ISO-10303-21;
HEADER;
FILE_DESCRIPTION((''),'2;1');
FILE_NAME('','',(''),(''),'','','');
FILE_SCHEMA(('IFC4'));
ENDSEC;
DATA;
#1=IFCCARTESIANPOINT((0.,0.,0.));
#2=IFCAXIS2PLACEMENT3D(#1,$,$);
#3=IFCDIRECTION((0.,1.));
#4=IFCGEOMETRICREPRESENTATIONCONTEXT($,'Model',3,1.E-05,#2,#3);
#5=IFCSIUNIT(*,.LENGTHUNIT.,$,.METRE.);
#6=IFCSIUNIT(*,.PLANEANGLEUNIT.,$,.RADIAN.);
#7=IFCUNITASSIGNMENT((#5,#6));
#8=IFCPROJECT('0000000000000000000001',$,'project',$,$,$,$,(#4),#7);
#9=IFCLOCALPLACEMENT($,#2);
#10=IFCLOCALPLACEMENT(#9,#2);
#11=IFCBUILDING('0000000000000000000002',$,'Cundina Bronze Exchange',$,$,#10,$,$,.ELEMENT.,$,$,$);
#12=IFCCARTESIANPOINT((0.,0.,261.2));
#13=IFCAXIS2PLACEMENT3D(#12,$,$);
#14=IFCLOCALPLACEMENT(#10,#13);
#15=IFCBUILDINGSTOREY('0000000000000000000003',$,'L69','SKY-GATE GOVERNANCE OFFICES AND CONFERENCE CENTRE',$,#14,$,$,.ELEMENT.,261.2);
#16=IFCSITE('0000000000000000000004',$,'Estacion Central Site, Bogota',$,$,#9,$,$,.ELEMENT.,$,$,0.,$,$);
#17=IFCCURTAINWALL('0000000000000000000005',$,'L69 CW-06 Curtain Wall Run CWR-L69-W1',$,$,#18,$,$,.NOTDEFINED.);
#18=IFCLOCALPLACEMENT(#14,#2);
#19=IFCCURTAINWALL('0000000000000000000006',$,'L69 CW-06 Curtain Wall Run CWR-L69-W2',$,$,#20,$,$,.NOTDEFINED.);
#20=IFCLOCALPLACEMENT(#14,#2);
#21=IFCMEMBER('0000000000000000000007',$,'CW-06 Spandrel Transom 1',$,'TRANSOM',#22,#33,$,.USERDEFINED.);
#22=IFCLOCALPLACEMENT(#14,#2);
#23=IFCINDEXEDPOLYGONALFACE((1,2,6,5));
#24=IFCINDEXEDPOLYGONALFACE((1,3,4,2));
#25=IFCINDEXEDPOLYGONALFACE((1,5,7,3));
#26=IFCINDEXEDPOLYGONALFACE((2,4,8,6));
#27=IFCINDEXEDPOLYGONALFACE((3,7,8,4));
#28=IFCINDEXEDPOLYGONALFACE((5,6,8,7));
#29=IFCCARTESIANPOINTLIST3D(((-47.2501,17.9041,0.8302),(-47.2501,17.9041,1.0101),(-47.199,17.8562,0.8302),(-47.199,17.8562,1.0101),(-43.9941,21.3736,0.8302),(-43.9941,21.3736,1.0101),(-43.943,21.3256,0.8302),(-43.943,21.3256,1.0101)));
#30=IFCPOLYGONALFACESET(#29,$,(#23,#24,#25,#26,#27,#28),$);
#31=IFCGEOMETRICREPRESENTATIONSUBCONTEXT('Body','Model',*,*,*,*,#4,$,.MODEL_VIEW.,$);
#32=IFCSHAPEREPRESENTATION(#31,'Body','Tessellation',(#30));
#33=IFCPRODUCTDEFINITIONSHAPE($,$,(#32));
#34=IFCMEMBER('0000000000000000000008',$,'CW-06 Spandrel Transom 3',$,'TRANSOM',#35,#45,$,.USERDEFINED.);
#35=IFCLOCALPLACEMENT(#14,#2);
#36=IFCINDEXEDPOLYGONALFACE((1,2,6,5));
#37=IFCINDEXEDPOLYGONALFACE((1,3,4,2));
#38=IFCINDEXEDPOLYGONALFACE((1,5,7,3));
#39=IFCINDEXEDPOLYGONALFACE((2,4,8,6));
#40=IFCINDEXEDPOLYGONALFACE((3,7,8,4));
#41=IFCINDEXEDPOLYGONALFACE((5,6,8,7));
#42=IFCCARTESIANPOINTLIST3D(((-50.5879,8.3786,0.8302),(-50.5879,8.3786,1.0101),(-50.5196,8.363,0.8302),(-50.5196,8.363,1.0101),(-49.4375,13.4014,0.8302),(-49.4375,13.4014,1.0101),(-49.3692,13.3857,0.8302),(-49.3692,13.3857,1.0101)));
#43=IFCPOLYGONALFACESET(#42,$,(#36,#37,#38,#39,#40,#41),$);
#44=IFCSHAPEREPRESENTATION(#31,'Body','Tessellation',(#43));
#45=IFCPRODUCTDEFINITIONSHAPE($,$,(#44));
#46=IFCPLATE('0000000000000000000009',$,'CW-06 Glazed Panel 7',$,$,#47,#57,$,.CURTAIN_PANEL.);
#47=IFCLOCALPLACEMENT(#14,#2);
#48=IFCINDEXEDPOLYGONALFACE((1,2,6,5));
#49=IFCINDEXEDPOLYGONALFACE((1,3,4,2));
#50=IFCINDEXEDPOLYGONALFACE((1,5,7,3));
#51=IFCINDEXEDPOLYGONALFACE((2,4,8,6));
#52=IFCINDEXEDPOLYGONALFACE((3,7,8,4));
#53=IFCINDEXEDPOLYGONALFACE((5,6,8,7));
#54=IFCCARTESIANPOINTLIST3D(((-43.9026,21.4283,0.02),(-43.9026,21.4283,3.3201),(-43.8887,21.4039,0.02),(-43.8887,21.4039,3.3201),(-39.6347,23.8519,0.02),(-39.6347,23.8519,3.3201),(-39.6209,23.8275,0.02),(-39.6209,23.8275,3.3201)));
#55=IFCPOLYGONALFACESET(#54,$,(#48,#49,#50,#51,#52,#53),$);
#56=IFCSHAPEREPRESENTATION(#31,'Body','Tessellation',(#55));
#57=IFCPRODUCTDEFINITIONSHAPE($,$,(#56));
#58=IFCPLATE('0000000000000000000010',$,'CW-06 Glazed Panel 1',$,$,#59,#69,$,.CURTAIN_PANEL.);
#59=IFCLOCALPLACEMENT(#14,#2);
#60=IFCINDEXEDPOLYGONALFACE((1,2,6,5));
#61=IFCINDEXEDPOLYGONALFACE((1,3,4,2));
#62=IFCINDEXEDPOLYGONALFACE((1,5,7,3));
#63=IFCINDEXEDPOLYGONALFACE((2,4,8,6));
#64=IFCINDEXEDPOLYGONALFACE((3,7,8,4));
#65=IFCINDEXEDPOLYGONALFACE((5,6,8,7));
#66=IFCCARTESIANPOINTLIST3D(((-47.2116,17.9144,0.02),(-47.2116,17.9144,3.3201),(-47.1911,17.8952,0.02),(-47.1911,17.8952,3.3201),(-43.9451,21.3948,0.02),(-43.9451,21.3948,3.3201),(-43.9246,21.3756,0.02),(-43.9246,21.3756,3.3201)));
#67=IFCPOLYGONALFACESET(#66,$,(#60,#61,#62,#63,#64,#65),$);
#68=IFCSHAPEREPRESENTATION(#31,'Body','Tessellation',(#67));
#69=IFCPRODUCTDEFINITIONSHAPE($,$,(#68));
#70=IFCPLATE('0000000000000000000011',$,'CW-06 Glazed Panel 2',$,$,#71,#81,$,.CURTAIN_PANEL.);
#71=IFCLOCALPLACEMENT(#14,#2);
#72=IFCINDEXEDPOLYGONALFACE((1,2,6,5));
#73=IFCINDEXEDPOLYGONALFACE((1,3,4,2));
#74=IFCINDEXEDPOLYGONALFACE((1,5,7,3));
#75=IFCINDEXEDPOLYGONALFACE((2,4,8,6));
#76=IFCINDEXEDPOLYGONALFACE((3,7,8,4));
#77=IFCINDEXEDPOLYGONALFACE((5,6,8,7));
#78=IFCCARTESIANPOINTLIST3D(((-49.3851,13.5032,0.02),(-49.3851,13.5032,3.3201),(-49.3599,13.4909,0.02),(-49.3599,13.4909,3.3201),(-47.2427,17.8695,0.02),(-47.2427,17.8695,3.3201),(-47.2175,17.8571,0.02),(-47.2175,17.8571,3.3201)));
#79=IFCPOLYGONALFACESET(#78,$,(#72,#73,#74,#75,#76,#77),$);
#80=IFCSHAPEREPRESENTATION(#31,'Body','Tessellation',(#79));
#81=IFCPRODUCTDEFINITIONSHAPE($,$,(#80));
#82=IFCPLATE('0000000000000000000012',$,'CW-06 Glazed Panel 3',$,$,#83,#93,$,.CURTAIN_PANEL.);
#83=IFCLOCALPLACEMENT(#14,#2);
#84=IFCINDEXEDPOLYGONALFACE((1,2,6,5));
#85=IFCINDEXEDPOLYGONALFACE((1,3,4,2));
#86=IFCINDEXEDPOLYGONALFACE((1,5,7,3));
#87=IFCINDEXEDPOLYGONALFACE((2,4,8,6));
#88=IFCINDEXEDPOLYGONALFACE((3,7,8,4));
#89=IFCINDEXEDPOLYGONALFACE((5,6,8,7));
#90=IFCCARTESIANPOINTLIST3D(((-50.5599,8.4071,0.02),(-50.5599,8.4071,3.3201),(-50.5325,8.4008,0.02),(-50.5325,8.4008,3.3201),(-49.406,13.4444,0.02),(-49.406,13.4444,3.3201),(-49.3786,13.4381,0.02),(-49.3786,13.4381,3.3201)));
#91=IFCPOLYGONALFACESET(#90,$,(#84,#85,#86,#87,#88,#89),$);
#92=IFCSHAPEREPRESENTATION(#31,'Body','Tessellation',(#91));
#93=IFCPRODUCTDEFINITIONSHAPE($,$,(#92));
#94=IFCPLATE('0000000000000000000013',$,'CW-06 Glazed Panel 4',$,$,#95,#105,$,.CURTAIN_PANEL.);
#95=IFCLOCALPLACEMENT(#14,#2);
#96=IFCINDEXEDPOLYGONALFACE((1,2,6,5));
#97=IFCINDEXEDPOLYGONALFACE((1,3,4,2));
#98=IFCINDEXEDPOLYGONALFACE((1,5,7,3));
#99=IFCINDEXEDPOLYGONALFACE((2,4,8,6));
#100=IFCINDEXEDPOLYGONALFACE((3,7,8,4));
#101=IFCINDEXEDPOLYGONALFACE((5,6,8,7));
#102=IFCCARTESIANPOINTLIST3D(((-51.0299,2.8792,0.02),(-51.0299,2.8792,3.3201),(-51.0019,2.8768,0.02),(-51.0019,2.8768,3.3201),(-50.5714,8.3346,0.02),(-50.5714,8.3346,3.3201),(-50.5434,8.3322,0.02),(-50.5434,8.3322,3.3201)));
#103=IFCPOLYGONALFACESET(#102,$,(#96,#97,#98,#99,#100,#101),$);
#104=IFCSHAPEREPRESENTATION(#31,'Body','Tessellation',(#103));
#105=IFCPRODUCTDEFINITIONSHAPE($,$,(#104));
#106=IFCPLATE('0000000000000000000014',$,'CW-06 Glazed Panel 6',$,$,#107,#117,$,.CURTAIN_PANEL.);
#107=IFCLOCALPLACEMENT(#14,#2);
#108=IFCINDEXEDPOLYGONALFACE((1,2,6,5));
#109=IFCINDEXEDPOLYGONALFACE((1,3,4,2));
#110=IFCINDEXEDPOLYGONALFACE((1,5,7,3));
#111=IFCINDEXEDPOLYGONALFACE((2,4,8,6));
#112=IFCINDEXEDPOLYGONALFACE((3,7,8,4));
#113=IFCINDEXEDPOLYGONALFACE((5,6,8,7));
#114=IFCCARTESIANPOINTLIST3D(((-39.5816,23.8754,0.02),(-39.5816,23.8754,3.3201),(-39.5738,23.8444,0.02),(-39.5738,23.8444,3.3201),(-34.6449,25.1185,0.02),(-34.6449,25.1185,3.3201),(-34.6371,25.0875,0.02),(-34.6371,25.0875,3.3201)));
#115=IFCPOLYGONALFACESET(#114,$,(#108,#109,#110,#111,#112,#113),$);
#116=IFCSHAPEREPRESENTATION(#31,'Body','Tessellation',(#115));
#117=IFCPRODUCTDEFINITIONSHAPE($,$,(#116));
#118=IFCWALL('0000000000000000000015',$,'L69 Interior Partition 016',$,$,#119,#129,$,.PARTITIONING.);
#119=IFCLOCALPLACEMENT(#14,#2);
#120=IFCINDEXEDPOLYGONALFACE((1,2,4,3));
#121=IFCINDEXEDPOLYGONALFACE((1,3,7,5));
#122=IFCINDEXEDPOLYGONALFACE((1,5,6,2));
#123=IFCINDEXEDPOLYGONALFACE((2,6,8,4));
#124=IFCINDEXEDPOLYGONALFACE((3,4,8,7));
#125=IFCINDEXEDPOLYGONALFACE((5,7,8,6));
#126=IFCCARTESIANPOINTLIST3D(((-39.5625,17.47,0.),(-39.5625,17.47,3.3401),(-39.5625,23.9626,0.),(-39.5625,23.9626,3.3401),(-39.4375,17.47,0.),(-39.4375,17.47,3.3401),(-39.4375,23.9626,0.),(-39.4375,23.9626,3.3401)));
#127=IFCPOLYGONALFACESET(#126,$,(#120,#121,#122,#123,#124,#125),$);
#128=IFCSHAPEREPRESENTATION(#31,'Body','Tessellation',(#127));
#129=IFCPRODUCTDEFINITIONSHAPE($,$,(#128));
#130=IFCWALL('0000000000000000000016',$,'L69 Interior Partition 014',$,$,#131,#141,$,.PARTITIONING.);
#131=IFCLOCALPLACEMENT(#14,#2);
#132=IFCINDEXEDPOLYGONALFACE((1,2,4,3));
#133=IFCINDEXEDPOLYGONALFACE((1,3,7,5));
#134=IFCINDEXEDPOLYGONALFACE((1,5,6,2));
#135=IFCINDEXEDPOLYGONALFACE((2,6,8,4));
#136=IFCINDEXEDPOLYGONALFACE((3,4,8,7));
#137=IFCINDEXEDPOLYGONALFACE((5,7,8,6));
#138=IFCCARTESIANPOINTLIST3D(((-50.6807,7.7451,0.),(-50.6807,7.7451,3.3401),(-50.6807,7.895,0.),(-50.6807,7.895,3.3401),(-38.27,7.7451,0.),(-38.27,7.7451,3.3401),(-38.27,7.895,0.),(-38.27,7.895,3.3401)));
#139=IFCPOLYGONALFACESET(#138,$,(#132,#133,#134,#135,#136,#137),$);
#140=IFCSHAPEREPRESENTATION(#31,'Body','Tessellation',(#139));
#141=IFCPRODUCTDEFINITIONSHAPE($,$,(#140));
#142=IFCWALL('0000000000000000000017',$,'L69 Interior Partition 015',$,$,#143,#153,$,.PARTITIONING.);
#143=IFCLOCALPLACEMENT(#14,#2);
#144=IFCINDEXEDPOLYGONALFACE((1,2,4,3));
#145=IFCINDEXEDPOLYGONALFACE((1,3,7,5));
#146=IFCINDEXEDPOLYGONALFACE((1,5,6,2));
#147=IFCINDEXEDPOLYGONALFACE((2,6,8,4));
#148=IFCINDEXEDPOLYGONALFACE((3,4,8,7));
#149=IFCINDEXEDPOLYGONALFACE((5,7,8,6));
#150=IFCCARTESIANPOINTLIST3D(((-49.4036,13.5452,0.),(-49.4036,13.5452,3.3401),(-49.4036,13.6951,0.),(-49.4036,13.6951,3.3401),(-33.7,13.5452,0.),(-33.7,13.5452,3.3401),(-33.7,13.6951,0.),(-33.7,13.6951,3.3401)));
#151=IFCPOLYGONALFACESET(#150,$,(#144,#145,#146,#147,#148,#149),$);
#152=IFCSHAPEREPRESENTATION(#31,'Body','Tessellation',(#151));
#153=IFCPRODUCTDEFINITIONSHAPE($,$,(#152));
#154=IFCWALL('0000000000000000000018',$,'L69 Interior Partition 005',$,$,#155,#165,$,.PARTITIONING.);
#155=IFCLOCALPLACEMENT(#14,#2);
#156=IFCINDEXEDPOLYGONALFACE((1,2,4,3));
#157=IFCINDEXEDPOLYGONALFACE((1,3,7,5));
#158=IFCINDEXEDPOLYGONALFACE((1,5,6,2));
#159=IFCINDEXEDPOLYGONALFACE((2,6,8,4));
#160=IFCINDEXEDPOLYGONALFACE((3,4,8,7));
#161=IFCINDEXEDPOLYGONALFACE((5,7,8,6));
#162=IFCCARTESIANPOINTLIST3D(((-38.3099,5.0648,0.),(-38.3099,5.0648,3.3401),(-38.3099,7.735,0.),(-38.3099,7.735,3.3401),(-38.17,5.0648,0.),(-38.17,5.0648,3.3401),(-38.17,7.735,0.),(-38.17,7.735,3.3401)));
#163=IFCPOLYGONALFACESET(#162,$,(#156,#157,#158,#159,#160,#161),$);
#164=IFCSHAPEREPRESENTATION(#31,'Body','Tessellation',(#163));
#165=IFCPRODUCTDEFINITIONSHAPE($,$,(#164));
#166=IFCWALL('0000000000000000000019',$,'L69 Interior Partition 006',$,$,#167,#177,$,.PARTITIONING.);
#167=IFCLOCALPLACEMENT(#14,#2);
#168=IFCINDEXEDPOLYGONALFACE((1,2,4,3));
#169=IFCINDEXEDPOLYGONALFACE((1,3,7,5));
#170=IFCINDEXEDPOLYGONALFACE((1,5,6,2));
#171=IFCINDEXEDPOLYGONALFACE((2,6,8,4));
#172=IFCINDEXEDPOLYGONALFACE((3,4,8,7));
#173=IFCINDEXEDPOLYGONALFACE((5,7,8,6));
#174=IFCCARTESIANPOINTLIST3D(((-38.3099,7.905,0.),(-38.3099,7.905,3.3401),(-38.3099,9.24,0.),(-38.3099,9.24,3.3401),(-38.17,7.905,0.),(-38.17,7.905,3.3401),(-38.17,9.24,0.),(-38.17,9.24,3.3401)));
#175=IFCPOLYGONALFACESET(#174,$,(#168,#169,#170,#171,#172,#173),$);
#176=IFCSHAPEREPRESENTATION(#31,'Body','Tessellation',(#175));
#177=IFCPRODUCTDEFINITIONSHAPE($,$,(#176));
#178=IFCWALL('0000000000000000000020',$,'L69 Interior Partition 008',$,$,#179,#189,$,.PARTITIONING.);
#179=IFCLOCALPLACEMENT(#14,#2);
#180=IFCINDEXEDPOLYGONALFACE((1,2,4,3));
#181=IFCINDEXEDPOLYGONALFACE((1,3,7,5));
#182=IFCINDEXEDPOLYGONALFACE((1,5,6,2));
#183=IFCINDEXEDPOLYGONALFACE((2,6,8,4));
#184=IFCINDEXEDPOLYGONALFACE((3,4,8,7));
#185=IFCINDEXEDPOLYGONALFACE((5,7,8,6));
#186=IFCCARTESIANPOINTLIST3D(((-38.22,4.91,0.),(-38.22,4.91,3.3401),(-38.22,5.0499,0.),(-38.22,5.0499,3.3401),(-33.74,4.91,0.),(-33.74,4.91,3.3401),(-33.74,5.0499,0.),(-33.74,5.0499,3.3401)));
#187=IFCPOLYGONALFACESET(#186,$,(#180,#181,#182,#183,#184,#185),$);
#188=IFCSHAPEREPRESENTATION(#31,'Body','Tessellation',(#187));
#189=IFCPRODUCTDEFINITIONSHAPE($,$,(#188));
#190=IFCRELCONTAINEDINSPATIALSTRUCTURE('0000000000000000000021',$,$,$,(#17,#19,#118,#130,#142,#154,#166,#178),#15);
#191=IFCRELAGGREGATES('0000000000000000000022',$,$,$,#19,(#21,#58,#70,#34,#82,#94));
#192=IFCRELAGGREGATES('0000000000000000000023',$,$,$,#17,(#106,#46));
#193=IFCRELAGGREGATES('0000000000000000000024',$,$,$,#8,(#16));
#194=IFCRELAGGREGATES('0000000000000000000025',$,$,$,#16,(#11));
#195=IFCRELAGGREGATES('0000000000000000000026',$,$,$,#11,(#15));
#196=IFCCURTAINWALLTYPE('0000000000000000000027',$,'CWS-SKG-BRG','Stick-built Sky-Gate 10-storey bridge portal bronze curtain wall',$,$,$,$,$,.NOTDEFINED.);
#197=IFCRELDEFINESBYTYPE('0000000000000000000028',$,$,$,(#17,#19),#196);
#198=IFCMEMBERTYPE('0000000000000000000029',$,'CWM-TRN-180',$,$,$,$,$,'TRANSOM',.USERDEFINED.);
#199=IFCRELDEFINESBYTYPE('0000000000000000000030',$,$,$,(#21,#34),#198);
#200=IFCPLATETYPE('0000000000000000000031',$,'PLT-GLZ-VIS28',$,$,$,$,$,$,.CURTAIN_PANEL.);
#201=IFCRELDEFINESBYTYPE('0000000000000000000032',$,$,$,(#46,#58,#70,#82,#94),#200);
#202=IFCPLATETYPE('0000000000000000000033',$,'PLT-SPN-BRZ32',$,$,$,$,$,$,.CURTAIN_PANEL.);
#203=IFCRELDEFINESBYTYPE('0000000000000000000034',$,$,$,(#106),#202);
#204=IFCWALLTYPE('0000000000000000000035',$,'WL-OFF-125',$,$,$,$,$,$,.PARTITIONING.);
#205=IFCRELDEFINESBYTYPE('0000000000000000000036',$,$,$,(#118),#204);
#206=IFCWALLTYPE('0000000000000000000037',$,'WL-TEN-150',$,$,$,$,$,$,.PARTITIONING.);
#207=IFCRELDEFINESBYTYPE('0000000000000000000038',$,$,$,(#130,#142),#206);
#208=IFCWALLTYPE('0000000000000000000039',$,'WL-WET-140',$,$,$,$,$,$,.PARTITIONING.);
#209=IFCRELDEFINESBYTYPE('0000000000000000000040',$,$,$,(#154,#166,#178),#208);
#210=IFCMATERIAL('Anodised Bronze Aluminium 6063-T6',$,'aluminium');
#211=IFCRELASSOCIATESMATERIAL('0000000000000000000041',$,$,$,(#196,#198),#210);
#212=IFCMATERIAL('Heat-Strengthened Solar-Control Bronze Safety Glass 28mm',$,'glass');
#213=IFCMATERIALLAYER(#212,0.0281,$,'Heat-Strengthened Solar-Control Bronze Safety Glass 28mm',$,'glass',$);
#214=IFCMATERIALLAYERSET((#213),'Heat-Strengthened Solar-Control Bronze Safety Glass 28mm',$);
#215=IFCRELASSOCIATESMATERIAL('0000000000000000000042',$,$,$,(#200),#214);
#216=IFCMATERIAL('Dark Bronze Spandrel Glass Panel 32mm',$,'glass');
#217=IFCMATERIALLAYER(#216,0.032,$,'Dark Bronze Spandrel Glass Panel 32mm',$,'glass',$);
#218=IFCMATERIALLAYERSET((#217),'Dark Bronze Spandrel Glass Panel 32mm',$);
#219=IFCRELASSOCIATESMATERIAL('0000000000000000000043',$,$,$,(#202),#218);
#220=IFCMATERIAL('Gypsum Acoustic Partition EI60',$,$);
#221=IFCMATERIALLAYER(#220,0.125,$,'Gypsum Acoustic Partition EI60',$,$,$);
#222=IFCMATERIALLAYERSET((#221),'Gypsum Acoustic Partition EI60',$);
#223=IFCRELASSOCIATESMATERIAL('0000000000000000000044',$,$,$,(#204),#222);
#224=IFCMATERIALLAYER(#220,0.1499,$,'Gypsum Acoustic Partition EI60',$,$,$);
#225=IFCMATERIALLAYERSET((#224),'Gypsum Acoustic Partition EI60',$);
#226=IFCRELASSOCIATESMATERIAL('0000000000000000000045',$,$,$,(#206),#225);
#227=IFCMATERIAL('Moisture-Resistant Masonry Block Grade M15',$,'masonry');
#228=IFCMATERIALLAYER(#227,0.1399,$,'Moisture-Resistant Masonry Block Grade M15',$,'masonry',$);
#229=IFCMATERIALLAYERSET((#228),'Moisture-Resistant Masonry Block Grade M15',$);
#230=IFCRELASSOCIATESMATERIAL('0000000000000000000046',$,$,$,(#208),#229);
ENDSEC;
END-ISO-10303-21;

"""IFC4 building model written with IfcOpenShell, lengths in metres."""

from ifc_helpers import new_model, si_unit, direction, frame, frame_2d, origin, origin_2d, place, context, subcontext, project, spatial, rectangle, extrude, material, layer, layer_set, material_profile, profile_set, type_object, element, aggregate, save


model = new_model("IFC4")

# Units and contexts
model_context = context("Model", 3, precision=1e-05, world=origin(), true_north=direction((0.0, 1.0)))
body_context = subcontext(model_context, "Body", "Model", "MODEL_VIEW")
ifc_project = project(units=[si_unit("LENGTHUNIT", "METRE"), si_unit("PLANEANGLEUNIT", "RADIAN")], contexts=[model_context])

# Site, building, storey
site_placement = place(None, origin())
site = spatial("IfcSite", under=ifc_project, at=site_placement, Name="Estacion Central Site, Bogota", CompositionType="ELEMENT", RefElevation=0.0)
building_placement = place(site_placement, origin())
building = spatial("IfcBuilding", under=site, at=building_placement, Name="Cundina Bronze Exchange", CompositionType="ELEMENT")
storey_placement = place(building_placement, frame((0.0, 0.0, 261.2)))
storey = spatial("IfcBuildingStorey", under=building, at=storey_placement, Name="L69", Description="SKY-GATE GOVERNANCE OFFICES AND CONFERENCE CENTRE", CompositionType="ELEMENT", Elevation=261.2)

# Curtain walls
ifc_material_1 = material(Name="Anodised Bronze Aluminium 6063-T6", Category="aluminium")
curtain_wall_type = type_object("IfcCurtainWallType", Name="CWS-SKG-BRG", Description="Stick-built Sky-Gate 10-storey bridge portal bronze curtain wall", PredefinedType="NOTDEFINED", material=ifc_material_1)
curtain_wall_1_placement = place(storey_placement, origin())
curtain_wall_1 = element("IfcCurtainWall", 1, at=curtain_wall_1_placement, inside=storey, type_object=curtain_wall_type, Name="L69 CW-06 Curtain Wall Run CWR-L69-W1", PredefinedType="NOTDEFINED")
curtain_wall_2_placement = place(storey_placement, origin())
curtain_wall_2 = element("IfcCurtainWall", 2, at=curtain_wall_2_placement, inside=storey, type_object=curtain_wall_type, Name="L69 CW-06 Curtain Wall Run CWR-L69-W2", PredefinedType="NOTDEFINED")

# Members
ifc_material_profile_1 = material_profile(ifc_material_1, rectangle(XDim=0.0701, YDim=0.1799, at=origin_2d()), Name="AL70X180", Category="aluminium")
ifc_profile_set_1 = profile_set([ifc_material_profile_1], Name="Anodised Bronze Aluminium 6063-T6")
member_type_1 = type_object("IfcMemberType", Name="CWM-TRN-180", ElementType="TRANSOM", PredefinedType="USERDEFINED", material=ifc_profile_set_1)
member_1_placement = place(storey_placement, frame((-43.9685, 21.3496, 0.9202), z_axis=(-0.684328, -0.729174, 0.0), x_axis=(0.729174, -0.684328, 0.0)))
member_1 = element("IfcMember", 3, at=member_1_placement, type_object=member_type_1, Name="CW-06 Spandrel Transom 1", ObjectType="TRANSOM", PredefinedType="USERDEFINED", context=body_context, shape_type="SweptSolid", body=[
    extrude(rectangle(XDim=0.0701, YDim=0.1799, at=origin_2d()), origin(), (0.0, 0.0, 1.0), 4.7581),
])
member_2_placement = place(storey_placement, frame((-49.4033, 13.3936, 0.9202), z_axis=(-0.223257, -0.97476, 0.0), x_axis=(0.97476, -0.223257, 0.0)))
member_2 = element("IfcMember", 4, at=member_2_placement, type_object=member_type_1, Name="CW-06 Spandrel Transom 3", ObjectType="TRANSOM", PredefinedType="USERDEFINED", context=body_context, shape_type="SweptSolid", body=[
    extrude(rectangle(XDim=0.0701, YDim=0.1799, at=origin_2d()), origin(), (0.0, 0.0, 1.0), 5.1528),
])

# Plates
ifc_material_2 = material(Name="Heat-Strengthened Solar-Control Bronze Safety Glass 28mm", Category="glass")
ifc_layer_1 = layer(ifc_material_2, 0.0281, Name="Heat-Strengthened Solar-Control Bronze Safety Glass 28mm", Category="glass")
ifc_layer_set_1 = layer_set([ifc_layer_1], Name="Heat-Strengthened Solar-Control Bronze Safety Glass 28mm")
plate_type_1 = type_object("IfcPlateType", Name="PLT-GLZ-VIS28", PredefinedType="CURTAIN_PANEL", material=ifc_layer_set_1)
plate_1_placement = place(storey_placement, frame((-41.7617, 22.6279, 0.02), z_axis=(0.0, 0.0, 1.0), x_axis=(-0.869573, -0.493805, 0.0)))
plate_1 = element("IfcPlate", 5, at=plate_1_placement, type_object=plate_type_1, Name="CW-06 Glazed Panel 7", PredefinedType="CURTAIN_PANEL", context=body_context, shape_type="SweptSolid", body=[
    extrude(rectangle(XDim=4.908, YDim=0.0281, at=origin_2d()), origin(), (0.0, 0.0, 1.0), 3.3),
])
plate_2_placement = place(storey_placement, frame((-45.5681, 19.645, 0.02), z_axis=(0.0, 0.0, 1.0), x_axis=(-0.684344, -0.72916, 0.0)))
plate_2 = element("IfcPlate", 6, at=plate_2_placement, type_object=plate_type_1, Name="CW-06 Glazed Panel 1", PredefinedType="CURTAIN_PANEL", context=body_context, shape_type="SweptSolid", body=[
    extrude(rectangle(XDim=4.7732, YDim=0.0281, at=origin_2d()), origin(), (0.0, 0.0, 1.0), 3.3),
])
plate_3_placement = place(storey_placement, frame((-48.3013, 15.6802, 0.02), z_axis=(0.0, 0.0, 1.0), x_axis=(-0.440503, -0.897751, 0.0)))
plate_3 = element("IfcPlate", 7, at=plate_3_placement, type_object=plate_type_1, Name="CW-06 Glazed Panel 2", PredefinedType="CURTAIN_PANEL", context=body_context, shape_type="SweptSolid", body=[
    extrude(rectangle(XDim=4.8635, YDim=0.0281, at=origin_2d()), origin(), (0.0, 0.0, 1.0), 3.3),
])
plate_4_placement = place(storey_placement, frame((-49.9692, 10.9226, 0.02), z_axis=(0.0, 0.0, 1.0), x_axis=(-0.223284, -0.974753, 0.0)))
plate_4 = element("IfcPlate", 8, at=plate_4_placement, type_object=plate_type_1, Name="CW-06 Glazed Panel 3", PredefinedType="CURTAIN_PANEL", context=body_context, shape_type="SweptSolid", body=[
    extrude(rectangle(XDim=5.1677, YDim=0.0281, at=origin_2d()), origin(), (0.0, 0.0, 1.0), 3.3),
])
plate_5_placement = place(storey_placement, frame((-50.7866, 5.6057, 0.02), z_axis=(0.0, 0.0, 1.0), x_axis=(-0.083747, -0.996487, 0.0)))
plate_5 = element("IfcPlate", 9, at=plate_5_placement, type_object=plate_type_1, Name="CW-06 Glazed Panel 4", PredefinedType="CURTAIN_PANEL", context=body_context, shape_type="SweptSolid", body=[
    extrude(rectangle(XDim=5.4746, YDim=0.0281, at=origin_2d()), origin(), (0.0, 0.0, 1.0), 3.3),
])
aggregate(curtain_wall_2, [member_1, plate_2, plate_3, member_2, plate_4, plate_5])
ifc_material_3 = material(Name="Dark Bronze Spandrel Glass Panel 32mm", Category="glass")
ifc_layer_2 = layer(ifc_material_3, 0.032, Name="Dark Bronze Spandrel Glass Panel 32mm", Category="glass")
ifc_layer_set_2 = layer_set([ifc_layer_2], Name="Dark Bronze Spandrel Glass Panel 32mm")
plate_type_2 = type_object("IfcPlateType", Name="PLT-SPN-BRZ32", PredefinedType="CURTAIN_PANEL", material=ifc_layer_set_2)
plate_6_placement = place(storey_placement, frame((-37.1094, 24.4814, 0.02), z_axis=(0.0, 0.0, 1.0), x_axis=(-0.969732, -0.244174, 0.0)))
plate_6 = element("IfcPlate", 10, at=plate_6_placement, type_object=plate_type_2, Name="CW-06 Glazed Panel 6", PredefinedType="CURTAIN_PANEL", context=body_context, shape_type="SweptSolid", body=[
    extrude(rectangle(XDim=5.0908, YDim=0.032, at=origin_2d()), origin(), (0.0, 0.0, 1.0), 3.3),
])
aggregate(curtain_wall_1, [plate_6, plate_1])

# Walls
ifc_material_4 = material(Name="Gypsum Acoustic Partition EI60")
ifc_layer_3 = layer(ifc_material_4, 0.125, Name="Gypsum Acoustic Partition EI60")
ifc_layer_set_3 = layer_set([ifc_layer_3], Name="Gypsum Acoustic Partition EI60")
wall_type_1 = type_object("IfcWallType", Name="WL-OFF-125", PredefinedType="PARTITIONING", material=ifc_layer_set_3)
wall_1_placement = place(storey_placement, frame((-39.5, 17.47, 0.0), z_axis=(0.0, 0.0, 1.0), x_axis=(0.0, 1.0, 0.0)))
element("IfcWall", 11, at=wall_1_placement, inside=storey, type_object=wall_type_1, Name="L69 Interior Partition 016", PredefinedType="PARTITIONING", context=body_context, shape_type="SweptSolid", body=[
    extrude(rectangle(XDim=6.4927, YDim=0.125, at=frame_2d((3.2463, 0.0))), origin(), (0.0, 0.0, 1.0), 3.3401),
])
ifc_layer_4 = layer(ifc_material_4, 0.1499, Name="Gypsum Acoustic Partition EI60")
ifc_layer_set_4 = layer_set([ifc_layer_4], Name="Gypsum Acoustic Partition EI60")
wall_type_2 = type_object("IfcWallType", Name="WL-TEN-150", PredefinedType="PARTITIONING", material=ifc_layer_set_4)
wall_2_placement = place(storey_placement, frame((-50.6807, 7.8201, 0.0), z_axis=(0.0, 0.0, 1.0), x_axis=(1.0, 0.0, 0.0)))
element("IfcWall", 12, at=wall_2_placement, inside=storey, type_object=wall_type_2, Name="L69 Interior Partition 014", PredefinedType="PARTITIONING", context=body_context, shape_type="SweptSolid", body=[
    extrude(rectangle(XDim=12.4106, YDim=0.1499, at=frame_2d((6.2053, 0.0))), origin(), (0.0, 0.0, 1.0), 3.3401),
])
wall_3_placement = place(storey_placement, frame((-49.4036, 13.6201, 0.0), z_axis=(0.0, 0.0, 1.0), x_axis=(1.0, 0.0, 0.0)))
element("IfcWall", 13, at=wall_3_placement, inside=storey, type_object=wall_type_2, Name="L69 Interior Partition 015", PredefinedType="PARTITIONING", context=body_context, shape_type="SweptSolid", body=[
    extrude(rectangle(XDim=15.7036, YDim=0.1499, at=frame_2d((7.8518, 0.0))), origin(), (0.0, 0.0, 1.0), 3.3401),
])
ifc_material_5 = material(Name="Moisture-Resistant Masonry Block Grade M15", Category="masonry")
ifc_layer_5 = layer(ifc_material_5, 0.1399, Name="Moisture-Resistant Masonry Block Grade M15", Category="masonry")
ifc_layer_set_5 = layer_set([ifc_layer_5], Name="Moisture-Resistant Masonry Block Grade M15")
wall_type_3 = type_object("IfcWallType", Name="WL-WET-140", PredefinedType="PARTITIONING", material=ifc_layer_set_5)
wall_4_placement = place(storey_placement, frame((-38.24, 5.0649, 0.0), z_axis=(0.0, 0.0, 1.0), x_axis=(0.0, 1.0, 0.0)))
element("IfcWall", 14, at=wall_4_placement, inside=storey, type_object=wall_type_3, Name="L69 Interior Partition 005", PredefinedType="PARTITIONING", context=body_context, shape_type="SweptSolid", body=[
    extrude(rectangle(XDim=2.6702, YDim=0.1399, at=frame_2d((1.335, 0.0))), origin(), (0.0, 0.0, 1.0), 3.3401),
])
wall_5_placement = place(storey_placement, frame((-38.24, 7.905, 0.0), z_axis=(0.0, 0.0, 1.0), x_axis=(0.0, 1.0, 0.0)))
element("IfcWall", 15, at=wall_5_placement, inside=storey, type_object=wall_type_3, Name="L69 Interior Partition 006", PredefinedType="PARTITIONING", context=body_context, shape_type="SweptSolid", body=[
    extrude(rectangle(XDim=1.335, YDim=0.1399, at=frame_2d((0.6675, 0.0))), origin(), (0.0, 0.0, 1.0), 3.3401),
])
for number, where, z_axis, x_axis, name in (
    (16, (-38.22, 4.98, 0.0), (0.0, 0.0, 1.0), (1.0, 0.0, 0.0), "L69 Interior Partition 008"),
):
    element("IfcWall", number, at=place(storey_placement, frame(where, z_axis=z_axis, x_axis=x_axis)), inside=storey, type_object=wall_type_3, Name=name, PredefinedType="PARTITIONING", context=body_context, shape_type="SweptSolid", body=[
        extrude(rectangle(XDim=4.48, YDim=0.1399, at=frame_2d((2.24, 0.0))), origin(), (0.0, 0.0, 1.0), 3.3401),
    ])

save(model, "model.ifc")
